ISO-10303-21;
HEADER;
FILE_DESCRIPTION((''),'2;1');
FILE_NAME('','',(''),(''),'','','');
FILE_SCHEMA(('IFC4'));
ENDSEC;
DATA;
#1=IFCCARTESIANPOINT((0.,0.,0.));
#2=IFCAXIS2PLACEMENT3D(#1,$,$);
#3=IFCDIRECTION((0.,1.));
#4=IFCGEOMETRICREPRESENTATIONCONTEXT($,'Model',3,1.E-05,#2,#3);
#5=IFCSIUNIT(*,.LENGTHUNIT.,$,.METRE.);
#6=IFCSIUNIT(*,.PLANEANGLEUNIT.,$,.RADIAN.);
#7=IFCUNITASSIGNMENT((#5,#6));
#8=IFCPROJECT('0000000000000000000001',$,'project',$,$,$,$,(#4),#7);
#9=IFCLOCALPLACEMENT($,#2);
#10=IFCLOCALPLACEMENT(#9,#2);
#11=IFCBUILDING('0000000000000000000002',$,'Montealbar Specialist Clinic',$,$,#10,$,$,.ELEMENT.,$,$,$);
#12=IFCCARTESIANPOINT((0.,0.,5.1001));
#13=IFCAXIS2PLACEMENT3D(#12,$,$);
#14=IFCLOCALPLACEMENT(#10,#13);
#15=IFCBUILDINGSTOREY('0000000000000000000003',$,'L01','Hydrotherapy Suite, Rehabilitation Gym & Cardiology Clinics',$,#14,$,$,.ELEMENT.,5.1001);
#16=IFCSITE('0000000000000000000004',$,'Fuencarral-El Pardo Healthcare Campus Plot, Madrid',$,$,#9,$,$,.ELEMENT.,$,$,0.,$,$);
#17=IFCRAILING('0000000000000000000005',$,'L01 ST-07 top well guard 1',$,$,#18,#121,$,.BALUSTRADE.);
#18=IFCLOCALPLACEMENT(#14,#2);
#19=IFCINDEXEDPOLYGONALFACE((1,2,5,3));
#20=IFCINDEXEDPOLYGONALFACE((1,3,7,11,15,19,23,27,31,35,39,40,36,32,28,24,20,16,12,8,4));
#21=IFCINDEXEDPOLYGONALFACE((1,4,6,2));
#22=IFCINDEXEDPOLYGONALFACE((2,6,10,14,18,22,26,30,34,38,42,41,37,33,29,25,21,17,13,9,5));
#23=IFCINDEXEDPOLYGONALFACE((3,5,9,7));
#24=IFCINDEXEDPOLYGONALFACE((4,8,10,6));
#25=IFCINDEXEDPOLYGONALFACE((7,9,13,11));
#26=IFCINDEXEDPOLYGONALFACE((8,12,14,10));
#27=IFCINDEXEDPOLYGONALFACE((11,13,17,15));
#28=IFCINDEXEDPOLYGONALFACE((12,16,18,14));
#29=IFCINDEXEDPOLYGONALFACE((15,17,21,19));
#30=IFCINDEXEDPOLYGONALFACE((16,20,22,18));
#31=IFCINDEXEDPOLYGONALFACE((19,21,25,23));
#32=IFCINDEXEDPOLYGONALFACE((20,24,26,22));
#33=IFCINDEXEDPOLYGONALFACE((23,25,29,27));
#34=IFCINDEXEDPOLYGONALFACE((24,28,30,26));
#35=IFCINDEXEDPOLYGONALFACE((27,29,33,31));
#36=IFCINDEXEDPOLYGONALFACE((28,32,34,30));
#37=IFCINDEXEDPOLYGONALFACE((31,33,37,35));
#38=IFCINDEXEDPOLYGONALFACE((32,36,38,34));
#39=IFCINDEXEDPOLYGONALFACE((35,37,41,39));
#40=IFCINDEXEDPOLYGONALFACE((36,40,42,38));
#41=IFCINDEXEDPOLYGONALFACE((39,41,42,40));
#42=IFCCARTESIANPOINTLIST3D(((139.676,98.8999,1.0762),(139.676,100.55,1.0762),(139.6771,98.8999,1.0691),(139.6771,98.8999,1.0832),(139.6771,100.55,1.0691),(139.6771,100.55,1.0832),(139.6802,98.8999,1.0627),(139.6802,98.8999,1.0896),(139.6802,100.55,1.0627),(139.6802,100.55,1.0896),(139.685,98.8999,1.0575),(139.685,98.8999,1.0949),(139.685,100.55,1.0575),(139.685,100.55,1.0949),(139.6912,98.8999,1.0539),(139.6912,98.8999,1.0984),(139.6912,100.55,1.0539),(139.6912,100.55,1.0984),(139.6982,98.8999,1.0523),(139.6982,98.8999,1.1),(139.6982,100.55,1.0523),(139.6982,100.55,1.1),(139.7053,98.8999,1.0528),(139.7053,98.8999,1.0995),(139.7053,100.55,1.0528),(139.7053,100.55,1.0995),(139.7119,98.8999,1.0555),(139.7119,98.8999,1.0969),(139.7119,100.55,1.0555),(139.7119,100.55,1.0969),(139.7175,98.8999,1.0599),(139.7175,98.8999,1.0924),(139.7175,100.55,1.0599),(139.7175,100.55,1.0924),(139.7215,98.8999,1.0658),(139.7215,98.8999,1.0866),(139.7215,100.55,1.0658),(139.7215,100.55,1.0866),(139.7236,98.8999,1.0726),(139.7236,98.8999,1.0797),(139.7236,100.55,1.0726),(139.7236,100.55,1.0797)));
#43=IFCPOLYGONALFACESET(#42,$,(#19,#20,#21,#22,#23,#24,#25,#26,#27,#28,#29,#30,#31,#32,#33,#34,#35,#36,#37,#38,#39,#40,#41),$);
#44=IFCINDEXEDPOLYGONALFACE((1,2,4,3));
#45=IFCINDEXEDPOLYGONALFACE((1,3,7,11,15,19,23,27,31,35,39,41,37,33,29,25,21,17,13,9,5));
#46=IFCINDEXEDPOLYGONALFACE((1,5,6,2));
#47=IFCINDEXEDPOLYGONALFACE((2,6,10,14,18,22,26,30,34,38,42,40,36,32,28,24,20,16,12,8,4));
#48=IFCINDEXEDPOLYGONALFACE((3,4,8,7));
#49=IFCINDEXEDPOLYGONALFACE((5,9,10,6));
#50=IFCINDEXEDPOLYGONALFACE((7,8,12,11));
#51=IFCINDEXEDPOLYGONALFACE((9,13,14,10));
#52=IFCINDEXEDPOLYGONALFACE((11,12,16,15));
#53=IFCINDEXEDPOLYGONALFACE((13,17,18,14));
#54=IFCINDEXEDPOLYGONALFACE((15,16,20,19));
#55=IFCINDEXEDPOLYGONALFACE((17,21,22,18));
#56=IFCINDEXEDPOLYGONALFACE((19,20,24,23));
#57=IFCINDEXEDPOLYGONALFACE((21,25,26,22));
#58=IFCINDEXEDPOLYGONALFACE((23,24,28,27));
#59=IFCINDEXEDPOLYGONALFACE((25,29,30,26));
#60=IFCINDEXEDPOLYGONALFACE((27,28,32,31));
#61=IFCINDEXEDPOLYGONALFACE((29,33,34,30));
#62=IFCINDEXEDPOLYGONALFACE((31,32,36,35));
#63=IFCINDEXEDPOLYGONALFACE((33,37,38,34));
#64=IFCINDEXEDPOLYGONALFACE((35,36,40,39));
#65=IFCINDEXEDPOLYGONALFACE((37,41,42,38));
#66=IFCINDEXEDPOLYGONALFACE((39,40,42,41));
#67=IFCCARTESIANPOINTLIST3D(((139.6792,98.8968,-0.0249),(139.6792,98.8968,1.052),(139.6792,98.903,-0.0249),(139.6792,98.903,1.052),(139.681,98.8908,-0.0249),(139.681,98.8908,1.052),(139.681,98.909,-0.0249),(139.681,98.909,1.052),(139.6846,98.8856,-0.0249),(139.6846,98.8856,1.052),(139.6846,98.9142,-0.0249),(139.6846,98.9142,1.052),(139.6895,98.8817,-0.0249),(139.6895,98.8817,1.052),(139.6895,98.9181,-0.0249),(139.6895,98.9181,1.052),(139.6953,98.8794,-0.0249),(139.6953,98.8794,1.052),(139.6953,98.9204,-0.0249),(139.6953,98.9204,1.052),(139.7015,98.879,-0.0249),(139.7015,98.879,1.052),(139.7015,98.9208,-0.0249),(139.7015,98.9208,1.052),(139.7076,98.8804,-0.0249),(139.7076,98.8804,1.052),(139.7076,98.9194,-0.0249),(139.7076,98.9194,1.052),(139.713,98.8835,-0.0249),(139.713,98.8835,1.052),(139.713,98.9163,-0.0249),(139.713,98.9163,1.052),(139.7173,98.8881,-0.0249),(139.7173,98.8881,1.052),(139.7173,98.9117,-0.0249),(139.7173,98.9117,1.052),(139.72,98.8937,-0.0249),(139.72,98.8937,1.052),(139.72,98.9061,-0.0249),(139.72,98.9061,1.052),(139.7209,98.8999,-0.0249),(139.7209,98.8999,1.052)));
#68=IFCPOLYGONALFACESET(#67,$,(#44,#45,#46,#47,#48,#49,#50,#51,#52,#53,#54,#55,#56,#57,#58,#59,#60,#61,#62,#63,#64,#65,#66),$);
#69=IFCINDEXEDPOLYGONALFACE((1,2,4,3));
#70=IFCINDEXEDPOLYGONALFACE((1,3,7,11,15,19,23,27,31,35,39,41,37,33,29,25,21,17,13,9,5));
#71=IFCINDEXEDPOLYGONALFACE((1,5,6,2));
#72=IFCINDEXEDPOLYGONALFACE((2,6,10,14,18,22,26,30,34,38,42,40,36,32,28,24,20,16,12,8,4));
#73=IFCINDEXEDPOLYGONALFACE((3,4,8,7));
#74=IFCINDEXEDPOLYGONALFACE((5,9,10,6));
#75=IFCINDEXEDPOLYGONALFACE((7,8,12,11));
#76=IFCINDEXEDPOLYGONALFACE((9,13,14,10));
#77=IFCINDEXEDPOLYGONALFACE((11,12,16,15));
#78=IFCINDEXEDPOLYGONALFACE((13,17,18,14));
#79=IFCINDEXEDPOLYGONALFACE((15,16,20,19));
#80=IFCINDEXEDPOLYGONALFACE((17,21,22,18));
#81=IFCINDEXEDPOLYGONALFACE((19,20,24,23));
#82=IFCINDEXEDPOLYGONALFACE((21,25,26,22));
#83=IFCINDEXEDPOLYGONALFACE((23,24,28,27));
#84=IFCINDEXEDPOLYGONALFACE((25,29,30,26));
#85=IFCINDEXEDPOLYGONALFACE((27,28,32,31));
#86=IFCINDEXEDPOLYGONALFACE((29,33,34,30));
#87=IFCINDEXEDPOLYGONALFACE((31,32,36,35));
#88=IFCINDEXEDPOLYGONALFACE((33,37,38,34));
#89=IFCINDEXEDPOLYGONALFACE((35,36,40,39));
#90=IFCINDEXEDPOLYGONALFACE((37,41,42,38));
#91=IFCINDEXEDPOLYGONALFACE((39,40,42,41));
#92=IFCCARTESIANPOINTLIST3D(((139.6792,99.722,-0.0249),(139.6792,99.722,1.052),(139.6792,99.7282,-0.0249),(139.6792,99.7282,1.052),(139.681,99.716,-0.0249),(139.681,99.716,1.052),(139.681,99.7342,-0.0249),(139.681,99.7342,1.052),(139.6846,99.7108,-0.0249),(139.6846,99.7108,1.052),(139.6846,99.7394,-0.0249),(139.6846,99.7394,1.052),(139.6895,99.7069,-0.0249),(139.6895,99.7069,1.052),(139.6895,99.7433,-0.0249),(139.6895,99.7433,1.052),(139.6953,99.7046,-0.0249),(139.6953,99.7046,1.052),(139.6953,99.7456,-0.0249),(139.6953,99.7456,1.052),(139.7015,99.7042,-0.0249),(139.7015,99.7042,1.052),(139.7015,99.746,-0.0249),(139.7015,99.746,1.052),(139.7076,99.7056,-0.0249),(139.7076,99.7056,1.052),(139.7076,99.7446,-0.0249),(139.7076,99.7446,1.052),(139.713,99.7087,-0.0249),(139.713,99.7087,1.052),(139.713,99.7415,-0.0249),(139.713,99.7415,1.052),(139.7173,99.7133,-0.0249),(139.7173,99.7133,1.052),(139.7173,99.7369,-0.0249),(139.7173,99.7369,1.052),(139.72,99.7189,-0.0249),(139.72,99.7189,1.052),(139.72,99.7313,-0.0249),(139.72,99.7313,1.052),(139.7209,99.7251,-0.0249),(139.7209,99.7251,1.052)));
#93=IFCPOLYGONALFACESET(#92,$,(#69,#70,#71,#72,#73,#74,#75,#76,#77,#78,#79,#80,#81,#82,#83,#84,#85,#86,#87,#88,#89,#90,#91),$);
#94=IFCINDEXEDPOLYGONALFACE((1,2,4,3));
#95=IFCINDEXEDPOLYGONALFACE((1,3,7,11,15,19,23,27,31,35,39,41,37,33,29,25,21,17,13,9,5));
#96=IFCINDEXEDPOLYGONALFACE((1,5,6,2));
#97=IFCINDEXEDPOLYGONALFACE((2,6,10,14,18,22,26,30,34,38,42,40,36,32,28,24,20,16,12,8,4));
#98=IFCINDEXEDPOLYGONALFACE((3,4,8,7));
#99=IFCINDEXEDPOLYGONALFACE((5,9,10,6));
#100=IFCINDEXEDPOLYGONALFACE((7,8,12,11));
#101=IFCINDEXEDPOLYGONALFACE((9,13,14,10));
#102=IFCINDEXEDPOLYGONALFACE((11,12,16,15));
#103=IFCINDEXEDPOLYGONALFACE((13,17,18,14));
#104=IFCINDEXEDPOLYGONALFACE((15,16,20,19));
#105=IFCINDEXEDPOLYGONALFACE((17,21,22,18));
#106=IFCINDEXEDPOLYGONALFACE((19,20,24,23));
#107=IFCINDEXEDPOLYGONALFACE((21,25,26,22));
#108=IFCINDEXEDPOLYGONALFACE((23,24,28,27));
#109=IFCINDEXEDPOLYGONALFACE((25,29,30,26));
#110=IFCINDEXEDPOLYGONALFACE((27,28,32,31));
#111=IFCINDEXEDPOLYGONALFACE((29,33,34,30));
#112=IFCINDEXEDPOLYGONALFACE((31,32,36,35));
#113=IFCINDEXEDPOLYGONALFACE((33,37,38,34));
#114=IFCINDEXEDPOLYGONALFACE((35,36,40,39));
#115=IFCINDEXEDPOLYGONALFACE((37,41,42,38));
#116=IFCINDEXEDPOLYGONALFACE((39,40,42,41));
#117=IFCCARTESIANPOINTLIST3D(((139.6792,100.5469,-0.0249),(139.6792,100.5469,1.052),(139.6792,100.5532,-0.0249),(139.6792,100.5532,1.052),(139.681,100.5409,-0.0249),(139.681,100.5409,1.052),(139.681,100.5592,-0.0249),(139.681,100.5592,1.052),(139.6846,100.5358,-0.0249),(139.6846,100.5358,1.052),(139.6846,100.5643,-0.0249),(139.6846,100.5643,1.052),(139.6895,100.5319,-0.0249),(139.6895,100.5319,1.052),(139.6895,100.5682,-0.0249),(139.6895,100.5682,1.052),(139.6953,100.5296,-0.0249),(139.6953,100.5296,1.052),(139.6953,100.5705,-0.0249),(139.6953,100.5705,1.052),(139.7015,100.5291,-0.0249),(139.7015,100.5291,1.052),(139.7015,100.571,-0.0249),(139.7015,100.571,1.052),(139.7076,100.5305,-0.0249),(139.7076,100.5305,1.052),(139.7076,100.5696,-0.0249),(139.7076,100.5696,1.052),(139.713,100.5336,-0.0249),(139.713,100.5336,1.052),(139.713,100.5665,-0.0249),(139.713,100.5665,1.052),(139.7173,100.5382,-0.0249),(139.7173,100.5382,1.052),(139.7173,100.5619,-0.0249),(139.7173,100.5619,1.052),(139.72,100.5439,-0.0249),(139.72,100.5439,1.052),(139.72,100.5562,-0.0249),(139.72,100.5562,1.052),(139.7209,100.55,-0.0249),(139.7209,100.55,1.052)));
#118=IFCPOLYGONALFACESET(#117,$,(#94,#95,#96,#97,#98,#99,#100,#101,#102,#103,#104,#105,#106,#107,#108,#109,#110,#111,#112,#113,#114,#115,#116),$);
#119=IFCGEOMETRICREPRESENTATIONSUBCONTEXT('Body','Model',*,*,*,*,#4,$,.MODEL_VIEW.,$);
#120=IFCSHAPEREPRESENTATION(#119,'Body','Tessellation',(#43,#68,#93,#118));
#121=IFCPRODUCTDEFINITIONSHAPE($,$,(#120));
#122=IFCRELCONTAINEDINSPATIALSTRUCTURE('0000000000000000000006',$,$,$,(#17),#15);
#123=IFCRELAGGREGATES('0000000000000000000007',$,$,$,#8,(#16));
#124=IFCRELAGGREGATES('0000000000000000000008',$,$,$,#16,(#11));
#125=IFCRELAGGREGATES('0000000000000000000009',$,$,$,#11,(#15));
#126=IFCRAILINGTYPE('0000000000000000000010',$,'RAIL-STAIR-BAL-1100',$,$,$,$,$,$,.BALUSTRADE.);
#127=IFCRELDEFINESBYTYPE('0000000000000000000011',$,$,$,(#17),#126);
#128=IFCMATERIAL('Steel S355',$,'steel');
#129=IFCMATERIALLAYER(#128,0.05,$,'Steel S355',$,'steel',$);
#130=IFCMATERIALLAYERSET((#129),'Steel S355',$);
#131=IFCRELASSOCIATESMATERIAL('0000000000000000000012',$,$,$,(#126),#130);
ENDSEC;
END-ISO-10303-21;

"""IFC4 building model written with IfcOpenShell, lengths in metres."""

from ifc_helpers import new_model, si_unit, direction, frame, origin, origin_2d, place, context, subcontext, project, spatial, circle, extrude, material, layer, layer_set, type_object, element, save


model = new_model("IFC4")

# Units and contexts
model_context = context("Model", 3, precision=1e-05, world=origin(), true_north=direction((0.0, 1.0)))
body_context = subcontext(model_context, "Body", "Model", "MODEL_VIEW")
ifc_project = project(units=[si_unit("LENGTHUNIT", "METRE"), si_unit("PLANEANGLEUNIT", "RADIAN")], contexts=[model_context])

# Site, building, storey
site_placement = place(None, origin())
site = spatial("IfcSite", under=ifc_project, at=site_placement, Name="Fuencarral-El Pardo Healthcare Campus Plot, Madrid", CompositionType="ELEMENT", RefElevation=0.0)
building_placement = place(site_placement, origin())
building = spatial("IfcBuilding", under=site, at=building_placement, Name="Montealbar Specialist Clinic", CompositionType="ELEMENT")
storey_placement = place(building_placement, frame((0.0, 0.0, 5.1001)))
storey = spatial("IfcBuildingStorey", under=building, at=storey_placement, Name="L01", Description="Hydrotherapy Suite, Rehabilitation Gym & Cardiology Clinics", CompositionType="ELEMENT", Elevation=5.1001)

# Shared definitions
ifc_material_1 = material(Name="Steel S355", Category="steel")

# Railing
ifc_layer_1 = layer(ifc_material_1, 0.05, Name="Steel S355", Category="steel")
ifc_layer_set_1 = layer_set([ifc_layer_1], Name="Steel S355")
railing_type = type_object("IfcRailingType", Name="RAIL-STAIR-BAL-1100", PredefinedType="BALUSTRADE", material=ifc_layer_set_1)
railing_placement = place(storey_placement, frame((139.7, 98.8999, 0.0)))
element("IfcRailing", 1, at=railing_placement, inside=storey, type_object=railing_type, Name="L01 ST-07 top well guard 1", PredefinedType="BALUSTRADE", context=body_context, shape_type="SweptSolid", body=[
    extrude(circle(Radius=0.0239, at=origin_2d()), frame((0.0, 0.0, 1.0762), z_axis=(0.0, 1.0, 0.0), x_axis=(-1.0, 0.0, 0.0)), (0.0, 0.0, 1.0), 1.6501),
    extrude(circle(Radius=0.021, at=origin_2d()), frame((0.0, 0.0, -0.0249)), (0.0, 0.0, 1.0), 1.0769),
    extrude(circle(Radius=0.021, at=origin_2d()), frame((0.0, 0.8252, -0.0249)), (0.0, 0.0, 1.0), 1.0769),
    extrude(circle(Radius=0.021, at=origin_2d()), frame((0.0, 1.6501, -0.0249)), (0.0, 0.0, 1.0), 1.0769),
])

save(model, "model.ifc")
